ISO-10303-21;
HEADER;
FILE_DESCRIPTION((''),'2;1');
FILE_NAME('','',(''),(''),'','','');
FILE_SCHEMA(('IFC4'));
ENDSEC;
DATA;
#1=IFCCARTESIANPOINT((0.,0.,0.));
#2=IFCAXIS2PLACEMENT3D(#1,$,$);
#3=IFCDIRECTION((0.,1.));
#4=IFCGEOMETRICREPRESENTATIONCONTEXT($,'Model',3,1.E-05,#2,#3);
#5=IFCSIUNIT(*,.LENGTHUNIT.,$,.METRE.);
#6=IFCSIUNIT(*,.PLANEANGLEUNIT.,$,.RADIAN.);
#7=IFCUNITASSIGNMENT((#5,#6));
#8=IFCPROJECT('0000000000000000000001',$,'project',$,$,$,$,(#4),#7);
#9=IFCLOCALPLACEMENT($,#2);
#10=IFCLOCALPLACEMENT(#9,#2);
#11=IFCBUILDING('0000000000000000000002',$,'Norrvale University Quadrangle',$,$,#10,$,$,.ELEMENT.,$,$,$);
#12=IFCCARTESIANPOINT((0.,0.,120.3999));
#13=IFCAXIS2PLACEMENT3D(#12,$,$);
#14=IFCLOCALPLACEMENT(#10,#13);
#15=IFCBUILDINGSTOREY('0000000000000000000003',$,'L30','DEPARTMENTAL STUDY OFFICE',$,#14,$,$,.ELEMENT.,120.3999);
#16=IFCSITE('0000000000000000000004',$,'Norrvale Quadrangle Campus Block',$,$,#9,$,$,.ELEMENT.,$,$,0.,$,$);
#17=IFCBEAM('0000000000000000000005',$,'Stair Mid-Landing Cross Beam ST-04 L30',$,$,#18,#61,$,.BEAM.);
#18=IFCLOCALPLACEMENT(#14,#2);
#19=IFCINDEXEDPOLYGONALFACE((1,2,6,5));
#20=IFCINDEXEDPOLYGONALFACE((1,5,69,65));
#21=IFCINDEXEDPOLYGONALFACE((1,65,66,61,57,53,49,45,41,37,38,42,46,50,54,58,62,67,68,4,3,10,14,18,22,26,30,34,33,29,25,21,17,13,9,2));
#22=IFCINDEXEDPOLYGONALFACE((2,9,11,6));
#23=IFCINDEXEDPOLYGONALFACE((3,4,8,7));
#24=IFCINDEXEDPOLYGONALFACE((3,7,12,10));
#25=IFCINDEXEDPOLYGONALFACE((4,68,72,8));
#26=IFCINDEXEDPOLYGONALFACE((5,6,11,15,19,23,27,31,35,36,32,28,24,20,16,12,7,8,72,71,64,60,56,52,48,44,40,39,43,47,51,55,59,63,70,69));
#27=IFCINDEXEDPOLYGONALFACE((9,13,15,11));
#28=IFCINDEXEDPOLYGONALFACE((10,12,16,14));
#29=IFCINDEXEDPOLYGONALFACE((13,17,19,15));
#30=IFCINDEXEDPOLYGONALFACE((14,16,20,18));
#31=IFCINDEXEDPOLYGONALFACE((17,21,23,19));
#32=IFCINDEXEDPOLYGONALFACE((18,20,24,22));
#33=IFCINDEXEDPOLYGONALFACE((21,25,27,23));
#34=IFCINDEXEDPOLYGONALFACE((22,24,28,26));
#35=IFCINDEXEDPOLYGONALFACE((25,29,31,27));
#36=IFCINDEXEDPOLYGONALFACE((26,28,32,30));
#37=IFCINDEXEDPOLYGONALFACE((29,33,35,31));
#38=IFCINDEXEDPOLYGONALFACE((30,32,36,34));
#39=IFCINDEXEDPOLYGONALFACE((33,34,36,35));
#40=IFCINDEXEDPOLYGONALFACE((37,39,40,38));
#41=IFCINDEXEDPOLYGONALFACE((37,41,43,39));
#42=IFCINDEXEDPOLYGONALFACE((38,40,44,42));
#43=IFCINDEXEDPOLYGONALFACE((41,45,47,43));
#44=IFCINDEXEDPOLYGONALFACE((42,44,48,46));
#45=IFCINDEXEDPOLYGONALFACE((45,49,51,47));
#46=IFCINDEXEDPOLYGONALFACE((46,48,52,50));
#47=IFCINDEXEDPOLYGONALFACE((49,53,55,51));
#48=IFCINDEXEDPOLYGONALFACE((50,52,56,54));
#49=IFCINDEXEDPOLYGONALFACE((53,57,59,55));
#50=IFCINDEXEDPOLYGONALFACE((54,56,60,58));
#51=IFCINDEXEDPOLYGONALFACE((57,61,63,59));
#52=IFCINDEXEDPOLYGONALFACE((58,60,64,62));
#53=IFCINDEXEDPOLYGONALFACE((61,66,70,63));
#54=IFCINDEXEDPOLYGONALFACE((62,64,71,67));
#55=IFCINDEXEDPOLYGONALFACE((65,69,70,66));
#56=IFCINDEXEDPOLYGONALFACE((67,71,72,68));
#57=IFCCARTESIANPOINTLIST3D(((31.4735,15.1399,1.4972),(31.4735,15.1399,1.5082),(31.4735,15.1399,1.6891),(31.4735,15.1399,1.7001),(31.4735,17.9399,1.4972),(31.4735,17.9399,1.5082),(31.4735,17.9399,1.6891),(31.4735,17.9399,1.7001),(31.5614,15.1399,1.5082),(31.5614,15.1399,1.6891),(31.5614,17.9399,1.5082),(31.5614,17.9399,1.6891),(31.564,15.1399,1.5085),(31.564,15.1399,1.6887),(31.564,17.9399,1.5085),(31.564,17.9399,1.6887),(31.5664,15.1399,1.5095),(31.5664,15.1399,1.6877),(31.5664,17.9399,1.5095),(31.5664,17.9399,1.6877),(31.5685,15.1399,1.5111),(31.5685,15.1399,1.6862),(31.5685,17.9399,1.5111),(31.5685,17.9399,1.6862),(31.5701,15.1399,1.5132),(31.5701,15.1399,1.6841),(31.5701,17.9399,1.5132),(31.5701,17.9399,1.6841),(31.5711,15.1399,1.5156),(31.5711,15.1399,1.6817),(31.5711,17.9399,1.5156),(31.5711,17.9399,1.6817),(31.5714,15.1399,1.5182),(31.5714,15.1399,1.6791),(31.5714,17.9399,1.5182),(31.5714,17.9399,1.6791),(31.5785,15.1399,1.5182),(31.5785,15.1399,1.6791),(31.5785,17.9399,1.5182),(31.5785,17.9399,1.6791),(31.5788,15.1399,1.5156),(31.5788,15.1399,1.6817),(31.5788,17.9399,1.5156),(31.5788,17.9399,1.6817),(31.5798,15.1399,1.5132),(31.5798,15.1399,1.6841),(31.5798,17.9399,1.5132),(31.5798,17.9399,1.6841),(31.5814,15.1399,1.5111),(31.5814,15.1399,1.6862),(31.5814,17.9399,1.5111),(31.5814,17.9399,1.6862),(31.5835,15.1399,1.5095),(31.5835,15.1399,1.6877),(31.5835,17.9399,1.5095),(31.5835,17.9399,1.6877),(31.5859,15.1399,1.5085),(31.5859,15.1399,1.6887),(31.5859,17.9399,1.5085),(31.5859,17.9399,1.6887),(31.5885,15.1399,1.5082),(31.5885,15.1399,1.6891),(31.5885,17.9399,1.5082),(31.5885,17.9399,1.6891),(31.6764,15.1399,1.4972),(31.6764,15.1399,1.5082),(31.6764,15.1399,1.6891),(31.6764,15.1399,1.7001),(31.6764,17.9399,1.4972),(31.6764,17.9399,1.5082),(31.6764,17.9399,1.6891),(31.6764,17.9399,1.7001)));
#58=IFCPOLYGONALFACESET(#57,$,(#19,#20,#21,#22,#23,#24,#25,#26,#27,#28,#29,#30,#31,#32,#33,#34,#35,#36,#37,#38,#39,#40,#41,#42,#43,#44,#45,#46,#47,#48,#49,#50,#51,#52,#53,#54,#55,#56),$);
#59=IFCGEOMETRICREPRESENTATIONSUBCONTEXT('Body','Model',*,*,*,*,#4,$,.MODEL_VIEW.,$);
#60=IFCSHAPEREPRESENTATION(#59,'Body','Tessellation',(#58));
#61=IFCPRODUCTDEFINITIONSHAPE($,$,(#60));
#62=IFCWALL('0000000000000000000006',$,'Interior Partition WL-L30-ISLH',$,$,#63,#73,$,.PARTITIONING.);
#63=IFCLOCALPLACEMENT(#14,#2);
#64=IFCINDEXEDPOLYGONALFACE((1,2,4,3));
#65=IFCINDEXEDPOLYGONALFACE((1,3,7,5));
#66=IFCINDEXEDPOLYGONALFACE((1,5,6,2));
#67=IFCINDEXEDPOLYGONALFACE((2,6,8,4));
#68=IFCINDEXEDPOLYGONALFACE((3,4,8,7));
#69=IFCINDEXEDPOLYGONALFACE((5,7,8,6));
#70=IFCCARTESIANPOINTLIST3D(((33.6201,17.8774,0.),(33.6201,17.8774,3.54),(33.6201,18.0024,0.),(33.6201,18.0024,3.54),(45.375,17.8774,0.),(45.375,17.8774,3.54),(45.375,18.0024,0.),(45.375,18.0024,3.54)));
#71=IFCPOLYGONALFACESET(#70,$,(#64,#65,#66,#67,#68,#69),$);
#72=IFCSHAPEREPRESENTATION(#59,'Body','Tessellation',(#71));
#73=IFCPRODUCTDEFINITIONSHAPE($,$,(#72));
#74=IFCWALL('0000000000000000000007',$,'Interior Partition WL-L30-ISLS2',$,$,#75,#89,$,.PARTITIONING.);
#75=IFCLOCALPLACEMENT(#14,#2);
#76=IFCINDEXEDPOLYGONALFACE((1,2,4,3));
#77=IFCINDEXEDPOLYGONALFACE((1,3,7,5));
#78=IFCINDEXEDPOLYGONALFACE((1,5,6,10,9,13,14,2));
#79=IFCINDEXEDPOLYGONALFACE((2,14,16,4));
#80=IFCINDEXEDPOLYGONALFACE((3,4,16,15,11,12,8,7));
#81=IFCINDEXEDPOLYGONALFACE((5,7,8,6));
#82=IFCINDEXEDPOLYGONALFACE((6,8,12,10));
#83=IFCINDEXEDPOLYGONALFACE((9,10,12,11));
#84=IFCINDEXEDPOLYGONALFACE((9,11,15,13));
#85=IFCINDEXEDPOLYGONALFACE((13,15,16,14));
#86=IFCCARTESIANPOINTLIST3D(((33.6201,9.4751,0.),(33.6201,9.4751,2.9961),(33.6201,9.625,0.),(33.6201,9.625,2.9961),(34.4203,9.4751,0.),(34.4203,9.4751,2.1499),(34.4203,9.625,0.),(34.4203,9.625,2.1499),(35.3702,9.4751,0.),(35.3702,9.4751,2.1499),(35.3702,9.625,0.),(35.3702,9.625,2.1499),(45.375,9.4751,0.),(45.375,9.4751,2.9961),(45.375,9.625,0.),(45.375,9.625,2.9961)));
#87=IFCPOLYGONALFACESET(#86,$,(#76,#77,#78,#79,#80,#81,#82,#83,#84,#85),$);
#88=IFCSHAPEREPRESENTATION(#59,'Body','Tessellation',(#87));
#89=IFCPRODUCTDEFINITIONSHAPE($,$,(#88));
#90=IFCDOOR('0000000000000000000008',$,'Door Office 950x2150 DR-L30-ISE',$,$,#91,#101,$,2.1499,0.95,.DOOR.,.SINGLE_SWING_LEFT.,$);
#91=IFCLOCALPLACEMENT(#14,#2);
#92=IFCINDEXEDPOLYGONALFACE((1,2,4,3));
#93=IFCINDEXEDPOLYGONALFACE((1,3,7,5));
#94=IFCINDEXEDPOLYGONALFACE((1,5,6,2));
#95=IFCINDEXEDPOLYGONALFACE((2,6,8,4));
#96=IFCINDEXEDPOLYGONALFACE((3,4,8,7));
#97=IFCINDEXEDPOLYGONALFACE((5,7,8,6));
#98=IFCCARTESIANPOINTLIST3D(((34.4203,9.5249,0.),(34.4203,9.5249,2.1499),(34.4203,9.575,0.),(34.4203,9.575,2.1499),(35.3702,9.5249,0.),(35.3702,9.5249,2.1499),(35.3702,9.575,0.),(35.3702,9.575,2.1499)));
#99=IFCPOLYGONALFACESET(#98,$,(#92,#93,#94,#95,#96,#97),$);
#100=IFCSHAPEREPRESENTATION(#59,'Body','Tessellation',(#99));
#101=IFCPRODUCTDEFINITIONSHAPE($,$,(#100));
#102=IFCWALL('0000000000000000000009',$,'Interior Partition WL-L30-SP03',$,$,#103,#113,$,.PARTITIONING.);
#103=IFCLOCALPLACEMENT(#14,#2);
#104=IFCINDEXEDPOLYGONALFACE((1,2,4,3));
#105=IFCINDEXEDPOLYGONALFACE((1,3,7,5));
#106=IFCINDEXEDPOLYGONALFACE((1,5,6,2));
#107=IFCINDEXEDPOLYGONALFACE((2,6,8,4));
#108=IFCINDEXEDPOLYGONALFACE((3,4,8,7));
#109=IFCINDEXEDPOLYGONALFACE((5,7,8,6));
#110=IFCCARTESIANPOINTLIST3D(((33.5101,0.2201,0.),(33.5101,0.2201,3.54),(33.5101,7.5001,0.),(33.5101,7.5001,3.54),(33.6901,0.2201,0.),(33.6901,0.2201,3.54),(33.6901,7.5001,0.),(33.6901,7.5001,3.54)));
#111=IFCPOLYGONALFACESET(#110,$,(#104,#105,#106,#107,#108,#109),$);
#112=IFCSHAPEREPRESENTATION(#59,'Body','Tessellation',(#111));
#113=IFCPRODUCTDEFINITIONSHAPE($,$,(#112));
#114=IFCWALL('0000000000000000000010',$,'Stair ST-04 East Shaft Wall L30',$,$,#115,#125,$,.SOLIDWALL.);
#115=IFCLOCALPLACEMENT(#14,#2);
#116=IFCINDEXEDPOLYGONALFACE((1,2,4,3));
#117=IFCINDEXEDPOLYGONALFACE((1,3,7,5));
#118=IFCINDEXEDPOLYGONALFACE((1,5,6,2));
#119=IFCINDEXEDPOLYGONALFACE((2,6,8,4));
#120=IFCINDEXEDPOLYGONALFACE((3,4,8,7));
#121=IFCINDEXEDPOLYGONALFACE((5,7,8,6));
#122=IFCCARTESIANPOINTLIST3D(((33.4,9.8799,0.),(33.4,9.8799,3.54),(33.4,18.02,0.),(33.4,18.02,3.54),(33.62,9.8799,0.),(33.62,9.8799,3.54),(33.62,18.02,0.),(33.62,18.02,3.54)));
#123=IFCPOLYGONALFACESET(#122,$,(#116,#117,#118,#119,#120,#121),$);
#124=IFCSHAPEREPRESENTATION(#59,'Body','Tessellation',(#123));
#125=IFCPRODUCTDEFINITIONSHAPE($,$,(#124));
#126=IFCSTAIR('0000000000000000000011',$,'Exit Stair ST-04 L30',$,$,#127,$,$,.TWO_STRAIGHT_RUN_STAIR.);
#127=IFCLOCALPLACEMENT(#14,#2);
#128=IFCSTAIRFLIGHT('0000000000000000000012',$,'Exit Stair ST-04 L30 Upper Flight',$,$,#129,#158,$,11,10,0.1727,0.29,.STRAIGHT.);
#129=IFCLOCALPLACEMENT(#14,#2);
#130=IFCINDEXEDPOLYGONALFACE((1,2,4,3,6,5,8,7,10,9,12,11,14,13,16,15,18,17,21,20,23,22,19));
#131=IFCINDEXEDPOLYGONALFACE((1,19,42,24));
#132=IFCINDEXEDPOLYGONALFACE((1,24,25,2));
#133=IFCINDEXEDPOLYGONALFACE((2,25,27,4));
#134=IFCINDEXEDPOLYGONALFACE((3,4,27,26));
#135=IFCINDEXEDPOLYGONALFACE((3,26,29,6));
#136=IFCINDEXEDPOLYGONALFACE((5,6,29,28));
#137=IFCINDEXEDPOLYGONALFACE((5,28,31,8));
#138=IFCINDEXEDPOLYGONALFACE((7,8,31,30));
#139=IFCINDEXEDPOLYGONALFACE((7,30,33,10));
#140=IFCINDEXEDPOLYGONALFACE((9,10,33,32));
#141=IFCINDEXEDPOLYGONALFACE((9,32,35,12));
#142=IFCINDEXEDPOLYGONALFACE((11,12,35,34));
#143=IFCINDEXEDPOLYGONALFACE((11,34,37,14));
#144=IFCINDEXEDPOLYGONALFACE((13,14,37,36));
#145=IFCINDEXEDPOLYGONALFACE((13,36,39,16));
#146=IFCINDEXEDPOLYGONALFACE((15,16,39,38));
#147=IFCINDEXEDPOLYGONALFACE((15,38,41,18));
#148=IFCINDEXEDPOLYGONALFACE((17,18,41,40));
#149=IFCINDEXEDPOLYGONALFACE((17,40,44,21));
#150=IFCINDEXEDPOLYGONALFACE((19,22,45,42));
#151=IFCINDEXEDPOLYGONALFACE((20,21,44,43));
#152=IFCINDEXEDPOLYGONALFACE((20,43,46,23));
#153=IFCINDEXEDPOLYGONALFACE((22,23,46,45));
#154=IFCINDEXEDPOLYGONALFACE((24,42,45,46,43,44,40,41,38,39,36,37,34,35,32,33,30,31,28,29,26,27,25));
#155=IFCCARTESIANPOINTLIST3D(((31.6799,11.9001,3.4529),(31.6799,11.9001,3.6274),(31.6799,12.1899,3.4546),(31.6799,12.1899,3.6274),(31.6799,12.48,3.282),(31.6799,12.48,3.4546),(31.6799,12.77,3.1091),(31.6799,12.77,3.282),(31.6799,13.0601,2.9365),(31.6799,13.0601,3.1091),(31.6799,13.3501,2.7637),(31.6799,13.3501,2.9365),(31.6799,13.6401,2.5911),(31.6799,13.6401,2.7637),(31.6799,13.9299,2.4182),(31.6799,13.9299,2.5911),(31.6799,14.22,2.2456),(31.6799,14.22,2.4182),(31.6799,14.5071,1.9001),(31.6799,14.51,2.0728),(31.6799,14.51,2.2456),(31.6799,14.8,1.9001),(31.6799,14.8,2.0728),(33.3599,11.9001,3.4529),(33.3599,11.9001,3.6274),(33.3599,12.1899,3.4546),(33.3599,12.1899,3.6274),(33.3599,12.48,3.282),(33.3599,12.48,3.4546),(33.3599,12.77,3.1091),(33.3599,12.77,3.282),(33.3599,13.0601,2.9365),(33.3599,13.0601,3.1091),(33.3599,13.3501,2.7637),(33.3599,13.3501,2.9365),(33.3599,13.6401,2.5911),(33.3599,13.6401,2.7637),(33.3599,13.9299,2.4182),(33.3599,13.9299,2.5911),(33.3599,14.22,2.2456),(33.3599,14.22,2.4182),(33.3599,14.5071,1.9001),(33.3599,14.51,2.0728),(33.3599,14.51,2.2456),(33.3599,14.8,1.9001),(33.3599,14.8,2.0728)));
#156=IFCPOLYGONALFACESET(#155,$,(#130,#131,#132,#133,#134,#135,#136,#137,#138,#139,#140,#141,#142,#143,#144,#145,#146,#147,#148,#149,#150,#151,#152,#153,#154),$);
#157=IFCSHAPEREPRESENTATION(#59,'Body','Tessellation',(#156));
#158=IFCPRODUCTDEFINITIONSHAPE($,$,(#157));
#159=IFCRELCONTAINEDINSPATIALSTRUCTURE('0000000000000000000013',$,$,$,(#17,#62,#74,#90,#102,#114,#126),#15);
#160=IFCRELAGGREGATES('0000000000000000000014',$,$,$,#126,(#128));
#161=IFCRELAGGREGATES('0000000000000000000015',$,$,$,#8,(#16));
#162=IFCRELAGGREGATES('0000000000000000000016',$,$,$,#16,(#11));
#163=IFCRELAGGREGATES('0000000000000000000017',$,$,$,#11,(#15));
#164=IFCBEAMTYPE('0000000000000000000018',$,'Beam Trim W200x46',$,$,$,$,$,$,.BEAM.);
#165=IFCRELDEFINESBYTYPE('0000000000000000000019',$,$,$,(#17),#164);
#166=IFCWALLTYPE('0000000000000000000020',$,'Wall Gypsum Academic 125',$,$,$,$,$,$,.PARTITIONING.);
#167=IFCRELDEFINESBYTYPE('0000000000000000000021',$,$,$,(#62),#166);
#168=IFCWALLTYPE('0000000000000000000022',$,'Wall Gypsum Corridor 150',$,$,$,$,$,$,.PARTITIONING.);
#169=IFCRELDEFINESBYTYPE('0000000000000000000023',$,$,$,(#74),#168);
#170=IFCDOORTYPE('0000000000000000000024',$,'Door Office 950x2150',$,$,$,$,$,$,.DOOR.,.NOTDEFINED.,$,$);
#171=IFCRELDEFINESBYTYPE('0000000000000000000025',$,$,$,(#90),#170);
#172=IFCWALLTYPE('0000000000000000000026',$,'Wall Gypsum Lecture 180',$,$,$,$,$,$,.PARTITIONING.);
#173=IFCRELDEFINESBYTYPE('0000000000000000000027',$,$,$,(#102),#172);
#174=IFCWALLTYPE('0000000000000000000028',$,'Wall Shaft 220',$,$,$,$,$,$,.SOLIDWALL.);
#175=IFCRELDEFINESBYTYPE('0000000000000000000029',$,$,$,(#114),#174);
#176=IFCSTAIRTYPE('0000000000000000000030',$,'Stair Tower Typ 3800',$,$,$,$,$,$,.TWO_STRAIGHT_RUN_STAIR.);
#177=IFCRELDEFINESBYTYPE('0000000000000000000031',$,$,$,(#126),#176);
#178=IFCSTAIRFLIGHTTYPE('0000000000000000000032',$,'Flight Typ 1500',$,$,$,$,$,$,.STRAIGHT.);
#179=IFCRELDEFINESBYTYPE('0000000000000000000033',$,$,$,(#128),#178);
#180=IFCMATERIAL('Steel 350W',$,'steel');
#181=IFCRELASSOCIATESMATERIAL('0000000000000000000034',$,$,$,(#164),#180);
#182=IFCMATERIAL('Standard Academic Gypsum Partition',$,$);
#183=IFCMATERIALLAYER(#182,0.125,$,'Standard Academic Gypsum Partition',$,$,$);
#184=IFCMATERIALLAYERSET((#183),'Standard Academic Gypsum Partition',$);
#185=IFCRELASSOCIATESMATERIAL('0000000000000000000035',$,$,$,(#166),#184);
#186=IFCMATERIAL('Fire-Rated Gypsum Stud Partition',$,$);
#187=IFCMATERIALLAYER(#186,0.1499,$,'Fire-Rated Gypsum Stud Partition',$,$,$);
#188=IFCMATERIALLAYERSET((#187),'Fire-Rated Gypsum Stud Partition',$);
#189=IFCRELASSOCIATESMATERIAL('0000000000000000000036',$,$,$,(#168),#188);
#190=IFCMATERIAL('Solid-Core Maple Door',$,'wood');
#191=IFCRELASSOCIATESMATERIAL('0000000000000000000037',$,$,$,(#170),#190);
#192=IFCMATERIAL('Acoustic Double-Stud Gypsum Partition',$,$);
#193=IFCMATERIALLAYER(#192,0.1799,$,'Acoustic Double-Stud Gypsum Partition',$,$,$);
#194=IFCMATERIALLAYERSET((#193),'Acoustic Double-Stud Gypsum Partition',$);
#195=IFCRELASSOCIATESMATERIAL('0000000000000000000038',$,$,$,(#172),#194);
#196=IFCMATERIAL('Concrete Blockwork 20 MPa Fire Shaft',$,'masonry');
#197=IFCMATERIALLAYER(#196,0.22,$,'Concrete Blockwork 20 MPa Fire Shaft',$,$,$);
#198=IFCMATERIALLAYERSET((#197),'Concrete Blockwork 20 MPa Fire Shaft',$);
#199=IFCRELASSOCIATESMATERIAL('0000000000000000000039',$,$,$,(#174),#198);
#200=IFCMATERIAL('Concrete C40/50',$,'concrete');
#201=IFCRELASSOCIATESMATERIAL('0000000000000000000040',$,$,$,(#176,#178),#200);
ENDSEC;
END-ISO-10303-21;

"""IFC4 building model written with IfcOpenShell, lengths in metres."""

from ifc_helpers import new_model, si_unit, direction, frame, frame_2d, origin, origin_2d, place, context, subcontext, project, spatial, polyline, rectangle, i_section, outline, extrude, material, layer, layer_set, material_profile, profile_set, type_object, element, fill, aggregate, save


model = new_model("IFC4")

# Units and contexts
model_context = context("Model", 3, precision=1e-05, world=origin(), true_north=direction((0.0, 1.0)))
body_context = subcontext(model_context, "Body", "Model", "MODEL_VIEW")
ifc_project = project(units=[si_unit("LENGTHUNIT", "METRE"), si_unit("PLANEANGLEUNIT", "RADIAN")], contexts=[model_context])

# Site, building, storey
site_placement = place(None, origin())
site = spatial("IfcSite", under=ifc_project, at=site_placement, Name="Norrvale Quadrangle Campus Block", CompositionType="ELEMENT", RefElevation=0.0)
building_placement = place(site_placement, origin())
building = spatial("IfcBuilding", under=site, at=building_placement, Name="Norrvale University Quadrangle", CompositionType="ELEMENT")
storey_placement = place(building_placement, frame((0.0, 0.0, 120.3999)))
storey = spatial("IfcBuildingStorey", under=building, at=storey_placement, Name="L30", Description="DEPARTMENTAL STUDY OFFICE", CompositionType="ELEMENT", Elevation=120.3999)

# Beam
ifc_material_1 = material(Name="Steel 350W", Category="steel")
ifc_material_profile_1 = material_profile(ifc_material_1, i_section(OverallWidth=0.2029, OverallDepth=0.2029, WebThickness=0.0071, FlangeThickness=0.011, FilletRadius=0.01, at=origin_2d()), Name="Steel 350W")
ifc_profile_set_1 = profile_set([ifc_material_profile_1], Name="Steel 350W")
beam_type_1 = type_object("IfcBeamType", Name="Beam Trim W200x46", PredefinedType="BEAM", material=ifc_profile_set_1)
beam_1_placement = place(storey_placement, frame((31.575, 15.1399, 1.5986), z_axis=(0.0, 1.0, 0.0), x_axis=(-1.0, 0.0, 0.0)))
element("IfcBeam", 1, at=beam_1_placement, inside=storey, type_object=beam_type_1, Name="Stair Mid-Landing Cross Beam ST-04 L30", PredefinedType="BEAM", context=body_context, shape_type="SweptSolid", body=[
    extrude(i_section(OverallWidth=0.2029, OverallDepth=0.2029, WebThickness=0.0071, FlangeThickness=0.011, FilletRadius=0.01, at=origin_2d()), origin(), (0.0, 0.0, 1.0), 2.8),
])

# Wall
ifc_material_2 = material(Name="Standard Academic Gypsum Partition")
ifc_layer_1 = layer(ifc_material_2, 0.125, Name="Standard Academic Gypsum Partition")
ifc_layer_set_1 = layer_set([ifc_layer_1], Name="Standard Academic Gypsum Partition")
wall_type_1 = type_object("IfcWallType", Name="Wall Gypsum Academic 125", PredefinedType="PARTITIONING", material=ifc_layer_set_1)
wall_1_placement = place(storey_placement, frame((33.6201, 17.9399, 0.0), z_axis=(0.0, 0.0, 1.0), x_axis=(1.0, 0.0, 0.0)))
element("IfcWall", 2, at=wall_1_placement, inside=storey, type_object=wall_type_1, Name="Interior Partition WL-L30-ISLH", PredefinedType="PARTITIONING", context=body_context, shape_type="SweptSolid", body=[
    extrude(rectangle(XDim=11.7549, YDim=0.125, at=frame_2d((5.8774, 0.0))), origin(), (0.0, 0.0, 1.0), 3.54),
])

# Wall, opening, door
ifc_material_3 = material(Name="Fire-Rated Gypsum Stud Partition")
ifc_layer_2 = layer(ifc_material_3, 0.1499, Name="Fire-Rated Gypsum Stud Partition")
ifc_layer_set_2 = layer_set([ifc_layer_2], Name="Fire-Rated Gypsum Stud Partition")
wall_type_2 = type_object("IfcWallType", Name="Wall Gypsum Corridor 150", PredefinedType="PARTITIONING", material=ifc_layer_set_2)
wall_2_placement = place(storey_placement, frame((33.6201, 9.55, 0.0), z_axis=(0.0, 0.0, 1.0), x_axis=(1.0, 0.0, 0.0)))
wall_2 = element("IfcWall", 3, at=wall_2_placement, inside=storey, type_object=wall_type_2, Name="Interior Partition WL-L30-ISLS2", PredefinedType="PARTITIONING", context=body_context, shape_type="SweptSolid", body=[
    extrude(rectangle(XDim=11.7549, YDim=0.1499, at=frame_2d((5.8774, 0.0))), origin(), (0.0, 0.0, 1.0), 2.9961),
])
opening_placement = place(wall_2_placement, frame((0.8, 0.0, 0.0)))
opening = element("IfcOpeningElement", 4, at=opening_placement, cuts=wall_2, PredefinedType="OPENING", context=body_context, shape_type="SweptSolid", body=[
    extrude(rectangle(XDim=0.95, YDim=2.1499, at=frame_2d((0.4751, 1.075))), frame((0.0, 0.0869, 0.0), z_axis=(0.0, -1.0, 0.0), x_axis=(1.0, 0.0, 0.0)), (0.0, 0.0, 1.0), 0.1738),
])
ifc_material_4 = material(Name="Solid-Core Maple Door", Category="wood")
door_type = type_object("IfcDoorType", Name="Door Office 950x2150", OperationType="NOTDEFINED", PredefinedType="DOOR", material=ifc_material_4)
door_placement = place(opening_placement, origin())
door = element("IfcDoor", 5, at=door_placement, inside=storey, type_object=door_type, Name="Door Office 950x2150 DR-L30-ISE", OperationType="SINGLE_SWING_LEFT", OverallHeight=2.1499, OverallWidth=0.95, PredefinedType="DOOR", context=body_context, shape_type="SweptSolid", body=[
    extrude(rectangle(XDim=0.95, YDim=2.1499, at=frame_2d((0.4751, 1.075))), frame((0.0, 0.0249, 0.0), z_axis=(0.0, -1.0, 0.0), x_axis=(1.0, 0.0, 0.0)), (0.0, 0.0, 1.0), 0.05),
])
fill(opening, door)

# Walls
ifc_material_5 = material(Name="Acoustic Double-Stud Gypsum Partition")
ifc_layer_3 = layer(ifc_material_5, 0.1799, Name="Acoustic Double-Stud Gypsum Partition")
ifc_layer_set_3 = layer_set([ifc_layer_3], Name="Acoustic Double-Stud Gypsum Partition")
wall_type_3 = type_object("IfcWallType", Name="Wall Gypsum Lecture 180", PredefinedType="PARTITIONING", material=ifc_layer_set_3)
wall_3_placement = place(storey_placement, frame((33.6001, 0.22, 0.0), z_axis=(0.0, 0.0, 1.0), x_axis=(0.0, 1.0, 0.0)))
element("IfcWall", 6, at=wall_3_placement, inside=storey, type_object=wall_type_3, Name="Interior Partition WL-L30-SP03", PredefinedType="PARTITIONING", context=body_context, shape_type="SweptSolid", body=[
    extrude(rectangle(XDim=7.28, YDim=0.1799, at=frame_2d((3.6401, 0.0))), origin(), (0.0, 0.0, 1.0), 3.54),
])
ifc_material_6 = material(Name="Concrete Blockwork 20 MPa Fire Shaft", Category="masonry")
ifc_layer_4 = layer(ifc_material_6, 0.22, Name="Concrete Blockwork 20 MPa Fire Shaft")
ifc_layer_set_4 = layer_set([ifc_layer_4], Name="Concrete Blockwork 20 MPa Fire Shaft")
wall_type_4 = type_object("IfcWallType", Name="Wall Shaft 220", PredefinedType="SOLIDWALL", material=ifc_layer_set_4)
wall_4_placement = place(storey_placement, frame((33.51, 9.8799, 0.0), z_axis=(0.0, 0.0, 1.0), x_axis=(0.0, 1.0, 0.0)))
element("IfcWall", 7, at=wall_4_placement, inside=storey, type_object=wall_type_4, Name="Stair ST-04 East Shaft Wall L30", PredefinedType="SOLIDWALL", context=body_context, shape_type="SweptSolid", body=[
    extrude(rectangle(XDim=8.1401, YDim=0.22, at=frame_2d((4.0701, 0.0))), origin(), (0.0, 0.0, 1.0), 3.54),
])

# Stair, stair flight
ifc_material_7 = material(Name="Concrete C40/50", Category="concrete")
stair_type = type_object("IfcStairType", Name="Stair Tower Typ 3800", PredefinedType="TWO_STRAIGHT_RUN_STAIR", material=ifc_material_7)
stair_placement = place(storey_placement, origin())
stair = element("IfcStair", 8, at=stair_placement, inside=storey, type_object=stair_type, Name="Exit Stair ST-04 L30", PredefinedType="TWO_STRAIGHT_RUN_STAIR")
stair_flight_type = type_object("IfcStairFlightType", Name="Flight Typ 1500", PredefinedType="STRAIGHT", material=ifc_material_7)
stair_flight_placement = place(storey_placement, frame((32.52, 14.8, 1.9001), z_axis=(0.0, 0.0, 1.0), x_axis=(0.0, -1.0, 0.0)))
stair_flight = element("IfcStairFlight", 9, at=stair_flight_placement, type_object=stair_flight_type, Name="Exit Stair ST-04 L30 Upper Flight", NumberOfRisers=11, NumberOfTreads=10, PredefinedType="STRAIGHT", RiserHeight=0.1727, TreadLength=0.29, context=body_context, shape_type="SweptSolid", body=[
    extrude(outline(polyline([(0.0, 0.0), (0.0, 0.1726), (0.29, 0.1726), (0.29, 0.3455), (0.5801, 0.3455), (0.5801, 0.5181), (0.8701, 0.5181), (0.8701, 0.6909), (1.1599, 0.6909), (1.1599, 0.8635), (1.45, 0.8635), (1.45, 1.0364), (1.74, 1.0364), (1.74, 1.209), (2.03, 1.209), (2.03, 1.3818), (2.3201, 1.3818), (2.3201, 1.5544), (2.6101, 1.5544), (2.6101, 1.7273), (2.8999, 1.7273), (2.8999, 1.8999), (2.8999, 1.5527), (0.293, 0.0), (0.0, 0.0)])), frame((0.0, 0.8398, 0.0), z_axis=(0.0, -1.0, 0.0), x_axis=(1.0, 0.0, 0.0)), (0.0, 0.0, 1.0), 1.6799),
])
aggregate(stair, [stair_flight])

save(model, "model.ifc")
